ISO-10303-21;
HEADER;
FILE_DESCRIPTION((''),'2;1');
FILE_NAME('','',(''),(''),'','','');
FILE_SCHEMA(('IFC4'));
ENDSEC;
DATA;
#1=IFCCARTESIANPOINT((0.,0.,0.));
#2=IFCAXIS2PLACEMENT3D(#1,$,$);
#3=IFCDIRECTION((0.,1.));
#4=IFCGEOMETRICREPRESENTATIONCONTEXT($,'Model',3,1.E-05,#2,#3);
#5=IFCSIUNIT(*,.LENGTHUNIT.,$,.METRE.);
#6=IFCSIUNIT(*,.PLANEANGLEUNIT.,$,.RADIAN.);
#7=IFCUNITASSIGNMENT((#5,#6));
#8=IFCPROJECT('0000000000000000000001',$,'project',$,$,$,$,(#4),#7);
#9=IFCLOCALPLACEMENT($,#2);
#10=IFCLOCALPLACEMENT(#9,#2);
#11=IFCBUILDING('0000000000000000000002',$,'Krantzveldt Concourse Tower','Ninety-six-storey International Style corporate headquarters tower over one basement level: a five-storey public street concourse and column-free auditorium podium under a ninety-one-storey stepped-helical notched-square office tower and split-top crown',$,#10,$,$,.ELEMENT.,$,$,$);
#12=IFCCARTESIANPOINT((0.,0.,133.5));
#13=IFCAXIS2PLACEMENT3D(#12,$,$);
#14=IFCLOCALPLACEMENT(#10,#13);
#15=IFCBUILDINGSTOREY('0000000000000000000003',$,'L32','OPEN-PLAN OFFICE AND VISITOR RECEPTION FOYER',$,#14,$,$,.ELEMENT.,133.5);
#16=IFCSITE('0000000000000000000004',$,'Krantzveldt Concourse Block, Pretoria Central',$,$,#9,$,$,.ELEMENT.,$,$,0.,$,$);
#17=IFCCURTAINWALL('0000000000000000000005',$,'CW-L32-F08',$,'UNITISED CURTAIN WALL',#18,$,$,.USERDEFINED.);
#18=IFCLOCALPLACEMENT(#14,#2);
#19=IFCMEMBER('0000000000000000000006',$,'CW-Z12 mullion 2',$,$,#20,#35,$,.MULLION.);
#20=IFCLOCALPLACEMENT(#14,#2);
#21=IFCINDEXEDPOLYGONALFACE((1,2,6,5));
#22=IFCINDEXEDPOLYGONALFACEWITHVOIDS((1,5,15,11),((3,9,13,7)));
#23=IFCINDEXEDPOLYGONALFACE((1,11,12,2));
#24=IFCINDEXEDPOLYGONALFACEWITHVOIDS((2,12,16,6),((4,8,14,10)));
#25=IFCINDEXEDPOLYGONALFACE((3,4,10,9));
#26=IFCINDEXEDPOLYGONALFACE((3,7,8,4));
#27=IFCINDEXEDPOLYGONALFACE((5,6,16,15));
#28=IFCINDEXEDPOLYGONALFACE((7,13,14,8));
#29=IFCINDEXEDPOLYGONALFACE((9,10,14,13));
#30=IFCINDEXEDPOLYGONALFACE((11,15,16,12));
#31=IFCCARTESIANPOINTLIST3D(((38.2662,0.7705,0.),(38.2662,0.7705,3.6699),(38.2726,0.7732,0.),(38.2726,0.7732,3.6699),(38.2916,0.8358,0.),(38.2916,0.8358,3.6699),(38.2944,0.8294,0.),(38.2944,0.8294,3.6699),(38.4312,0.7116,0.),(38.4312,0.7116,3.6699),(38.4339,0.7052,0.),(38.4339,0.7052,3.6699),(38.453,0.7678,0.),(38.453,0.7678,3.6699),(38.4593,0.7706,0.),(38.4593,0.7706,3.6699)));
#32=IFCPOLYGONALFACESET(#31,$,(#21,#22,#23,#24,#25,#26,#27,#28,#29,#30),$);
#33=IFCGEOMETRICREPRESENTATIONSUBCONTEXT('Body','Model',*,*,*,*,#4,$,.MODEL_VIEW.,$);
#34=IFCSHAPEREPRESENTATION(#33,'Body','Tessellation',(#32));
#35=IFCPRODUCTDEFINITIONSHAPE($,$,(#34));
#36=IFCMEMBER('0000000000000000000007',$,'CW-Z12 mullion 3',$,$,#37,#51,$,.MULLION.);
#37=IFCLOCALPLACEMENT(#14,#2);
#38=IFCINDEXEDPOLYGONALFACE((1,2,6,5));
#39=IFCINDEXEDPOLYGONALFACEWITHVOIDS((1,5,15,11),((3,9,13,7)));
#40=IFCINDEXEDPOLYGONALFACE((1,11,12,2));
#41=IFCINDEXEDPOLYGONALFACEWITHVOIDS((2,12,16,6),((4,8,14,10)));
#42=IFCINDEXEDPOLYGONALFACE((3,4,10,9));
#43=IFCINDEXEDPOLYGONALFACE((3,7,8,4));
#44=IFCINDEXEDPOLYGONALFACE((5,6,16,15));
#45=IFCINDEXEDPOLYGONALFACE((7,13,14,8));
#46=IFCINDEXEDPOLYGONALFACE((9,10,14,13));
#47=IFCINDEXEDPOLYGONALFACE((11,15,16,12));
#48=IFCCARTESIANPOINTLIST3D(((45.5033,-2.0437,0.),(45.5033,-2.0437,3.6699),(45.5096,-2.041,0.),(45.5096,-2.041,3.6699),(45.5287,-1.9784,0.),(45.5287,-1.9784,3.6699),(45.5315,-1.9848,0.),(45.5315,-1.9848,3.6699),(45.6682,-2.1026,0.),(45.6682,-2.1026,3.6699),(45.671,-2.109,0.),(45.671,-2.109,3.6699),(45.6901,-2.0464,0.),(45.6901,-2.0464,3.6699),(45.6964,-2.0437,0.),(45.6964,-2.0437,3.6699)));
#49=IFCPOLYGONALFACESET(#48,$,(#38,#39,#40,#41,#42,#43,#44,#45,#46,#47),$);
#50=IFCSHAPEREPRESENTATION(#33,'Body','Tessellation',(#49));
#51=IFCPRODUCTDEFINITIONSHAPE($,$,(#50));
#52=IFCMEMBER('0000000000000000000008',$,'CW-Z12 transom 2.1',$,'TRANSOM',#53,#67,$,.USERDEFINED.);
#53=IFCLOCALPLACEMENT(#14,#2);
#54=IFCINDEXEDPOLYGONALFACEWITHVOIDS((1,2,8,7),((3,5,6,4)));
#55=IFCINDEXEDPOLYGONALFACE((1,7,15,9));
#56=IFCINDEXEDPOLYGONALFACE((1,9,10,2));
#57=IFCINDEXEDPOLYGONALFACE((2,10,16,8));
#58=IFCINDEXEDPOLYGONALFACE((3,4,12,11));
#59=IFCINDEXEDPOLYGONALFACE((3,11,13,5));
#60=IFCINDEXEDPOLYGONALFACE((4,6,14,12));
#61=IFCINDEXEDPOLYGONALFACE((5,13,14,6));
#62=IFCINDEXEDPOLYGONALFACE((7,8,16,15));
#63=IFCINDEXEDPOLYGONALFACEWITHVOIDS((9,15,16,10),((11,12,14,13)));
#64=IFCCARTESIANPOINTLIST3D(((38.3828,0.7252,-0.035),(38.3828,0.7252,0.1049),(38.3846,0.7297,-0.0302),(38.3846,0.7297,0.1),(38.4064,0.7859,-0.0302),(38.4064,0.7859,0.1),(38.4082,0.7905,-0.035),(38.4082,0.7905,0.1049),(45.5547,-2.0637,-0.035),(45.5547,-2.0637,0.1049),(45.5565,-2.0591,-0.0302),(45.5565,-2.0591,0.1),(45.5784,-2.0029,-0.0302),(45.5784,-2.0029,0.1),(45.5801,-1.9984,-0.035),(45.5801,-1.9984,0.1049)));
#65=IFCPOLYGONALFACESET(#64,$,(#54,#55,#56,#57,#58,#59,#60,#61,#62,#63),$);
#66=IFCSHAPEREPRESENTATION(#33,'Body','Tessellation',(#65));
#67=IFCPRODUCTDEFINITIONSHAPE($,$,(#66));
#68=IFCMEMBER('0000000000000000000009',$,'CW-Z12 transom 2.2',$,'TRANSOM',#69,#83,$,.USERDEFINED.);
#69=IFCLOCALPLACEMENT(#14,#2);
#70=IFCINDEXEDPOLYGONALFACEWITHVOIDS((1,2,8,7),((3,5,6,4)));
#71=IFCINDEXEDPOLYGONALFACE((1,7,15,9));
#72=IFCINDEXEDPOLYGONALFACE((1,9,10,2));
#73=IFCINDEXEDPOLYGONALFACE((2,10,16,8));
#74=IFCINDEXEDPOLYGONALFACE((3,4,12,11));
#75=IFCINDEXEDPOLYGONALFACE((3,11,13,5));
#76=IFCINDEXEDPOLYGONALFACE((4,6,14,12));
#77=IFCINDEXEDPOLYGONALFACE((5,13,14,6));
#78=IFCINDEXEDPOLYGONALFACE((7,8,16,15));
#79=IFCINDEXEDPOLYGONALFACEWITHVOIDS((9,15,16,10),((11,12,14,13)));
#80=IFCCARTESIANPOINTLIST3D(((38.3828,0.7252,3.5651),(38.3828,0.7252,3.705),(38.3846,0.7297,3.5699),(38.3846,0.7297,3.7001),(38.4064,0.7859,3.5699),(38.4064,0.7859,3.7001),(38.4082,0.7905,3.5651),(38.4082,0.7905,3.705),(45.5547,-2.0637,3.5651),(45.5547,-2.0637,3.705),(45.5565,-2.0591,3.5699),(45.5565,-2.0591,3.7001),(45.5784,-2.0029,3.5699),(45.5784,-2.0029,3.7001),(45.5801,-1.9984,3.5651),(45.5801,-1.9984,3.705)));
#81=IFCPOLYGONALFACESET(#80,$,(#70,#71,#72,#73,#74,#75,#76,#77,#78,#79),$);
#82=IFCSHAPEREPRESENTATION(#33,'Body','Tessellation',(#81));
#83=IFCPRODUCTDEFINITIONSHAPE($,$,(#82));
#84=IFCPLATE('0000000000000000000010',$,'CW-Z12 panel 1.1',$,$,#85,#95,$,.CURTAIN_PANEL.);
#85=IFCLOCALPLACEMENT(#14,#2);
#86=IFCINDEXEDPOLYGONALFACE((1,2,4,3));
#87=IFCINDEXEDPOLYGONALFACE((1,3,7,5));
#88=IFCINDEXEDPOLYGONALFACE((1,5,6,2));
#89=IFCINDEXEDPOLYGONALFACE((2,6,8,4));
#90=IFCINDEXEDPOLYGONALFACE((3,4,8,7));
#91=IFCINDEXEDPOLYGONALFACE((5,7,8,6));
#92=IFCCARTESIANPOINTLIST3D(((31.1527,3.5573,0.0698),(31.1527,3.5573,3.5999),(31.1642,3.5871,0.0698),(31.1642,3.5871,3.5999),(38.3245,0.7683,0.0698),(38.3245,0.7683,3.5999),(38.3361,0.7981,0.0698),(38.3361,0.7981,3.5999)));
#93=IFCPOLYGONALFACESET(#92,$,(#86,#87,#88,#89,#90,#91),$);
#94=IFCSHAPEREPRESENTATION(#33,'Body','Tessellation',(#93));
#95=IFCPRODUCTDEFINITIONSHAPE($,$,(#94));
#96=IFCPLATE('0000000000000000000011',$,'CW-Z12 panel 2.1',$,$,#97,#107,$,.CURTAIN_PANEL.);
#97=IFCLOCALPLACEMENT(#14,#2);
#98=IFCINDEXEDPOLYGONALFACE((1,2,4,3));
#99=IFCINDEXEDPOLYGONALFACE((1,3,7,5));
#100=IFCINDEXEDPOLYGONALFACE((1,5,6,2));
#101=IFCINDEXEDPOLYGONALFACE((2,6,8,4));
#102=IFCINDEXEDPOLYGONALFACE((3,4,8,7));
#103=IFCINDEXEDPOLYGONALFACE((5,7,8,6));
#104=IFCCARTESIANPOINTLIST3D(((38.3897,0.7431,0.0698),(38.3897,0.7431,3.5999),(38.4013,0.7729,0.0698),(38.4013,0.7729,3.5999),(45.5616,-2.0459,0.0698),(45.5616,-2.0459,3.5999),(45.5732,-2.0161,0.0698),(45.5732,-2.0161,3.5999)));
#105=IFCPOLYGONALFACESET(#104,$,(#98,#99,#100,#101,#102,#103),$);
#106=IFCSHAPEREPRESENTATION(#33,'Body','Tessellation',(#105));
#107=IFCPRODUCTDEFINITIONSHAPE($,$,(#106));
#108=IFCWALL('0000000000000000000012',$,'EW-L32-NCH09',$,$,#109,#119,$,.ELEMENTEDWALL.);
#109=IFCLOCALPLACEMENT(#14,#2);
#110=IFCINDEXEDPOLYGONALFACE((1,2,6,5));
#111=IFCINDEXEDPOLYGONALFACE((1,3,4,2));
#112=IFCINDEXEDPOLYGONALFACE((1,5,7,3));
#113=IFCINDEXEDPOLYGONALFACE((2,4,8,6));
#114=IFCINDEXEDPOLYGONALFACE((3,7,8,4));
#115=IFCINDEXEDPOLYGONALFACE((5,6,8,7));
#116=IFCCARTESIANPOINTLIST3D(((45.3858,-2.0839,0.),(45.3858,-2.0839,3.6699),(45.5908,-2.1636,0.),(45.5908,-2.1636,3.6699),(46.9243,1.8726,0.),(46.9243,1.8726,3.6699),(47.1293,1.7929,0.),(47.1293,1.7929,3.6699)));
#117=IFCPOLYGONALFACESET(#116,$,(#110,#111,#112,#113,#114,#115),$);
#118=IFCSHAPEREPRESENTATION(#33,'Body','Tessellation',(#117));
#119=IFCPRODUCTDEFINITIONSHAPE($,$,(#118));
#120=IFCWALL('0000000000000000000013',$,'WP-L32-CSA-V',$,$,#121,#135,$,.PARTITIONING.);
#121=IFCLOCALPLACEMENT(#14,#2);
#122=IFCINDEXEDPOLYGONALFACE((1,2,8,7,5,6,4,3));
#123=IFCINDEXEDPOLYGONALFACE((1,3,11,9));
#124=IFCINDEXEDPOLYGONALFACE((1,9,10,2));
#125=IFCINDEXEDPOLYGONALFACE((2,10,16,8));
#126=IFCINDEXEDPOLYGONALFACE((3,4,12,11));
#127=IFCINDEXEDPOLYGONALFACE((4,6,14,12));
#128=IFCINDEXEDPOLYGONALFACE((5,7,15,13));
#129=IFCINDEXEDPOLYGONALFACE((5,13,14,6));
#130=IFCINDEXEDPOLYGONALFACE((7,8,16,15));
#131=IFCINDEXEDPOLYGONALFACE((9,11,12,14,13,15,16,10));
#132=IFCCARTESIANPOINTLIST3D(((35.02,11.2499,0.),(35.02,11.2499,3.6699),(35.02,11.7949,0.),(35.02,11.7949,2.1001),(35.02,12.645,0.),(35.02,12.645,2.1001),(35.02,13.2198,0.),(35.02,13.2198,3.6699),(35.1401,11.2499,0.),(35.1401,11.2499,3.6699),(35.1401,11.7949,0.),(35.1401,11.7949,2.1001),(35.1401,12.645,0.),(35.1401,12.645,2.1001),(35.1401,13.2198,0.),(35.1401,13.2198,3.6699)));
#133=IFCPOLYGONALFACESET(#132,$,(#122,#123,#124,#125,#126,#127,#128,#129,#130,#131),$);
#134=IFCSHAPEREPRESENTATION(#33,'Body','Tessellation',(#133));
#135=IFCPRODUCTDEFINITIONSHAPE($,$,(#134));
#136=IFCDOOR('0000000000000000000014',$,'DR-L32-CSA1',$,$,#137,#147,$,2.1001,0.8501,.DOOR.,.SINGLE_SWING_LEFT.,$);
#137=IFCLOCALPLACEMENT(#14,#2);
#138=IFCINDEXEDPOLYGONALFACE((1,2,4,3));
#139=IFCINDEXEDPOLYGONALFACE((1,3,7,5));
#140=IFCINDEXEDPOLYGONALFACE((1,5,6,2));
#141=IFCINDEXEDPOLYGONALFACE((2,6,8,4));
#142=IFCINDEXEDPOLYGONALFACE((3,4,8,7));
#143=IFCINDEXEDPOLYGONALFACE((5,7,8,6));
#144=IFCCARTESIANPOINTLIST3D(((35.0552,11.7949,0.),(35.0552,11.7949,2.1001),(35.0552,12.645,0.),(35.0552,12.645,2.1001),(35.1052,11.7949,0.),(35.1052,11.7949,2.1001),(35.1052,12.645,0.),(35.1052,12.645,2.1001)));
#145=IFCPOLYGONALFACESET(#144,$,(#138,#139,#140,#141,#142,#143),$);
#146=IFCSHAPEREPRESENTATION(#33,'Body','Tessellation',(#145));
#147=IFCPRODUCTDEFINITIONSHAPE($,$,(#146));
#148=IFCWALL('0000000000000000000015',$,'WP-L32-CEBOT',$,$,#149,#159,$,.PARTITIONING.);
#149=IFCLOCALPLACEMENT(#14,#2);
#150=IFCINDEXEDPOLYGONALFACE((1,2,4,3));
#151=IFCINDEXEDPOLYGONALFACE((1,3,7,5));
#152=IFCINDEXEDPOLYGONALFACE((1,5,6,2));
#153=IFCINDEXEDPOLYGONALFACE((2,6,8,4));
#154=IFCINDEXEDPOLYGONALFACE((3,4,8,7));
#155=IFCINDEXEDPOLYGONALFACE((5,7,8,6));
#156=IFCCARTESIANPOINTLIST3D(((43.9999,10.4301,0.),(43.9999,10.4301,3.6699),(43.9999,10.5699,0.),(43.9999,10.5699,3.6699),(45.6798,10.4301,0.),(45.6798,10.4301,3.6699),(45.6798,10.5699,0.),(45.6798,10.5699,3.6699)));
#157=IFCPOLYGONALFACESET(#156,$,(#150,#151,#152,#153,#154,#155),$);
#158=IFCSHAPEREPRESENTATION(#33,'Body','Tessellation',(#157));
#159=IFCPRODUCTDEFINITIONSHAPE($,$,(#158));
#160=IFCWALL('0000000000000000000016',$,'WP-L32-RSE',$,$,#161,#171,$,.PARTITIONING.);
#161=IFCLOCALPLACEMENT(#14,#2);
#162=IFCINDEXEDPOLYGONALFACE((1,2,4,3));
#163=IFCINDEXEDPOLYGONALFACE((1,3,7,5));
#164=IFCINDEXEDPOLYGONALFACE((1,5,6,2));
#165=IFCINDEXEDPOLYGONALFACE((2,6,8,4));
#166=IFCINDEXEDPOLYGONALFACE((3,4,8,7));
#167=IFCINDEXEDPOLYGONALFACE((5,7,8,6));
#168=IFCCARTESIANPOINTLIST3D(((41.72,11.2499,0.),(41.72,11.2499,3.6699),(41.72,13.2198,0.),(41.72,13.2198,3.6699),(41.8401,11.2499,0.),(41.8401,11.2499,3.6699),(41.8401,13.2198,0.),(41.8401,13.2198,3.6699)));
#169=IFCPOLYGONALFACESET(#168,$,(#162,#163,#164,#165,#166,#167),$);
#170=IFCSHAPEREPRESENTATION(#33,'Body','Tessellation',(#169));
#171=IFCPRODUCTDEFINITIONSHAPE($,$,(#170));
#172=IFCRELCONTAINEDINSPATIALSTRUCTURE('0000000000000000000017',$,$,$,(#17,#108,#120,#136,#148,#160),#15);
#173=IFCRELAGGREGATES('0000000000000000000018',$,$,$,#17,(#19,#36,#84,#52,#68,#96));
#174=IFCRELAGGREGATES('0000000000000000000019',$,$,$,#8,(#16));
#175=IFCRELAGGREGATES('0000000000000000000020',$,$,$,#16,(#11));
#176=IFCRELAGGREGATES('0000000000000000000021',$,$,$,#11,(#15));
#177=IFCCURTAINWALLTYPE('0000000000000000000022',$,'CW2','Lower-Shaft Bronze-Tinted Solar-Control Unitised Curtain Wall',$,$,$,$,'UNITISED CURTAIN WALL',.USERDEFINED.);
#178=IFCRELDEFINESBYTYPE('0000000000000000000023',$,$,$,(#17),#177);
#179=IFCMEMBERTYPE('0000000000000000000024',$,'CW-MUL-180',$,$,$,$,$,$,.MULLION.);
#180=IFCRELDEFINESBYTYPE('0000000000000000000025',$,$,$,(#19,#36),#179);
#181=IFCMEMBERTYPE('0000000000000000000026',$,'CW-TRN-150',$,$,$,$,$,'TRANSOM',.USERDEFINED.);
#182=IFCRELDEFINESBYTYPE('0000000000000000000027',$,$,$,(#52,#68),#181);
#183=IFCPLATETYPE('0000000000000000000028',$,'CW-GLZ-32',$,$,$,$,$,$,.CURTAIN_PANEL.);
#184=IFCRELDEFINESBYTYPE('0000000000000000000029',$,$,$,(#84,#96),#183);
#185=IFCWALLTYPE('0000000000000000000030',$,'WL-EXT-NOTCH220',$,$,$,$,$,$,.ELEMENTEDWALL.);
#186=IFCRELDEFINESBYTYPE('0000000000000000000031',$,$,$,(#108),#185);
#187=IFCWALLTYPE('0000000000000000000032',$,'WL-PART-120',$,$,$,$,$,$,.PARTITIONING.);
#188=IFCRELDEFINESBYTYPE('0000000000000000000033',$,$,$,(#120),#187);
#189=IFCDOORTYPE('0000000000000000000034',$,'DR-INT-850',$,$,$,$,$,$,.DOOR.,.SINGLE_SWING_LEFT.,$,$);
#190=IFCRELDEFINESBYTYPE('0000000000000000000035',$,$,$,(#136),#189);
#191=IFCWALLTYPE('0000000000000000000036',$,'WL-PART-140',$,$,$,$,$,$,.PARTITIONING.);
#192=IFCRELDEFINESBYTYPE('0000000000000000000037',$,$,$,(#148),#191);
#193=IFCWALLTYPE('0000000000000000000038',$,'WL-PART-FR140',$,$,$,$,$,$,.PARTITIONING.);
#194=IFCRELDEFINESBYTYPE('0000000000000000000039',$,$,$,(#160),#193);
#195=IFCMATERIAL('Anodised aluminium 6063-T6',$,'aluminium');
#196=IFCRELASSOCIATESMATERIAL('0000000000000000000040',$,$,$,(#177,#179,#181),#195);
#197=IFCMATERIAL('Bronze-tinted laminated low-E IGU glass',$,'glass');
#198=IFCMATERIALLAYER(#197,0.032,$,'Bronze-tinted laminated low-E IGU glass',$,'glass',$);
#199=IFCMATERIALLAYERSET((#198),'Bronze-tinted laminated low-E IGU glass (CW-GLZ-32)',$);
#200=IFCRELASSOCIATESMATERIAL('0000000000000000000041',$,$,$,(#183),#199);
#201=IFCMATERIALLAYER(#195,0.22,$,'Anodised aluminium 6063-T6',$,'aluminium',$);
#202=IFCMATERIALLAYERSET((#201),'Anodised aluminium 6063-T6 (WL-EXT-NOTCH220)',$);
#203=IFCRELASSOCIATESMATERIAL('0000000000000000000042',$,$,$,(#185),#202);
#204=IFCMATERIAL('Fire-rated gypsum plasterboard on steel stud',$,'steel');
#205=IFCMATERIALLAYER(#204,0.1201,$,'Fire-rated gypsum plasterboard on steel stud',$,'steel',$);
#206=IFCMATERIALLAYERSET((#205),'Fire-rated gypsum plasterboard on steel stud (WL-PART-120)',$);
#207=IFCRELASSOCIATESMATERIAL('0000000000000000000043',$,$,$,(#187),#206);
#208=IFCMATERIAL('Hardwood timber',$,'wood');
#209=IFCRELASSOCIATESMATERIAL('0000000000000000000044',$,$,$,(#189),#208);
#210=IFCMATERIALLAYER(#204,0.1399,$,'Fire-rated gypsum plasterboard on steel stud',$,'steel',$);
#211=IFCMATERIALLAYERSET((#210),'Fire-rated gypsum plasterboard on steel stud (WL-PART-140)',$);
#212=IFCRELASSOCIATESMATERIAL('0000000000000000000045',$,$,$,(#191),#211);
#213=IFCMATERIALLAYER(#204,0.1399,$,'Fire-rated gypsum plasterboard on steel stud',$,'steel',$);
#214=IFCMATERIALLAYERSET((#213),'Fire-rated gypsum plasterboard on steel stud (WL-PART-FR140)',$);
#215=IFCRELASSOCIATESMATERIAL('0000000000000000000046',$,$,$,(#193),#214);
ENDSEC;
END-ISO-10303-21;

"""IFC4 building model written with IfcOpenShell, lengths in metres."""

from ifc_helpers import new_model, si_unit, direction, frame, frame_2d, origin, origin_2d, place, context, subcontext, project, spatial, rectangle, hollow_rectangle, extrude, source, transform, mapped, material, layer, layer_set, material_profile, profile_set, type_object, type_shapes, element, fill, aggregate, save


model = new_model("IFC4")

# Units and contexts
model_context = context("Model", 3, precision=1e-05, world=origin(), true_north=direction((0.0, 1.0)))
body_context = subcontext(model_context, "Body", "Model", "MODEL_VIEW")
ifc_project = project(units=[si_unit("LENGTHUNIT", "METRE"), si_unit("PLANEANGLEUNIT", "RADIAN")], contexts=[model_context])

# Site, building, storey
site_placement = place(None, origin())
site = spatial("IfcSite", under=ifc_project, at=site_placement, Name="Krantzveldt Concourse Block, Pretoria Central", CompositionType="ELEMENT", RefElevation=0.0)
building_placement = place(site_placement, origin())
building = spatial("IfcBuilding", under=site, at=building_placement, Name="Krantzveldt Concourse Tower", Description="Ninety-six-storey International Style corporate headquarters tower over one basement level: a five-storey public street concourse and column-free auditorium podium under a ninety-one-storey stepped-helical notched-square office tower and split-top crown", CompositionType="ELEMENT")
storey_placement = place(building_placement, frame((0.0, 0.0, 133.5)))
storey = spatial("IfcBuildingStorey", under=building, at=storey_placement, Name="L32", Description="OPEN-PLAN OFFICE AND VISITOR RECEPTION FOYER", CompositionType="ELEMENT", Elevation=133.5)

# Curtain wall, members, plates
ifc_material_1 = material(Name="Anodised aluminium 6063-T6", Category="aluminium")
curtain_wall_type = type_object("IfcCurtainWallType", Name="CW2", Description="Lower-Shaft Bronze-Tinted Solar-Control Unitised Curtain Wall", ElementType="UNITISED CURTAIN WALL", PredefinedType="USERDEFINED", material=ifc_material_1)
curtain_wall_placement = place(storey_placement, origin())
curtain_wall = element("IfcCurtainWall", 1, at=curtain_wall_placement, inside=storey, type_object=curtain_wall_type, Name="CW-L32-F08", ObjectType="UNITISED CURTAIN WALL", PredefinedType="USERDEFINED")
ifc_material_profile_1 = material_profile(ifc_material_1, hollow_rectangle(XDim=0.0701, YDim=0.1799, WallThickness=0.0049, at=origin_2d()), Name="Anodised aluminium 6063-T6", Category="aluminium")
ifc_profile_set_1 = profile_set([ifc_material_profile_1], Name="Anodised aluminium 6063-T6 - ALU-MULL 180x70x5")
member_type_1 = type_object("IfcMemberType", Name="CW-MUL-180", PredefinedType="MULLION", material=ifc_profile_set_1)
shared_shape_1 = source(origin(), body_context, "Body", "SweptSolid", [
    extrude(hollow_rectangle(XDim=0.0701, YDim=0.1799, WallThickness=0.0049, at=origin_2d()), origin(), (0.0, 0.0, 1.0), 3.6699),
])
type_shapes(member_type_1, [shared_shape_1])
member_1_placement = place(storey_placement, frame((38.3628, 0.7705, 0.0), z_axis=(0.0, 0.0, 1.0), x_axis=(0.362438, 0.932008, 0.0)))
member_1 = element("IfcMember", 2, at=member_1_placement, type_object=member_type_1, Name="CW-Z12 mullion 2", PredefinedType="MULLION", context=body_context, shape_type="MappedRepresentation", body=[
    mapped(shared_shape_1, transform((0.0, 0.0, 0.0), x_axis=(1.0, 0.0, 0.0), y_axis=(0.0, 1.0, 0.0), z_axis=(0.0, 0.0, 1.0), scale=1.0)),
])
member_2_placement = place(storey_placement, frame((45.5999, -2.0437, 0.0), z_axis=(0.0, 0.0, 1.0), x_axis=(0.362438, 0.932008, 0.0)))
member_2 = element("IfcMember", 3, at=member_2_placement, type_object=member_type_1, Name="CW-Z12 mullion 3", PredefinedType="MULLION", context=body_context, shape_type="MappedRepresentation", body=[
    mapped(shared_shape_1, transform((0.0, 0.0, 0.0), x_axis=(1.0, 0.0, 0.0), y_axis=(0.0, 1.0, 0.0), z_axis=(0.0, 0.0, 1.0), scale=1.0)),
])
ifc_material_profile_2 = material_profile(ifc_material_1, hollow_rectangle(XDim=0.0701, YDim=0.1399, WallThickness=0.0049, at=origin_2d()), Name="Anodised aluminium 6063-T6", Category="aluminium")
ifc_profile_set_2 = profile_set([ifc_material_profile_2], Name="Anodised aluminium 6063-T6 - ALU-TRAN 140x70x5")
member_type_2 = type_object("IfcMemberType", Name="CW-TRN-150", ElementType="TRANSOM", PredefinedType="USERDEFINED", material=ifc_profile_set_2)
shared_shape_2 = source(origin(), body_context, "Body", "SweptSolid", [
    extrude(hollow_rectangle(XDim=0.0701, YDim=0.1399, WallThickness=0.0049, at=origin_2d()), origin(), (0.0, 0.0, 1.0), 7.6951),
])
type_shapes(member_type_2, [shared_shape_2])
member_3_placement = place(storey_placement, frame((38.3955, 0.7578, 0.0349), z_axis=(0.932015, -0.362419, 0.0), x_axis=(0.362419, 0.932015, 0.0)))
member_3 = element("IfcMember", 4, at=member_3_placement, type_object=member_type_2, Name="CW-Z12 transom 2.1", ObjectType="TRANSOM", PredefinedType="USERDEFINED", context=body_context, shape_type="MappedRepresentation", body=[
    mapped(shared_shape_2, transform((0.0, 0.0, 0.0), x_axis=(1.0, 0.0, 0.0), y_axis=(0.0, 1.0, 0.0), z_axis=(0.0, 0.0, 1.0), scale=1.0)),
])
member_4_placement = place(storey_placement, frame((38.3955, 0.7578, 3.635), z_axis=(0.932015, -0.362419, 0.0), x_axis=(0.362419, 0.932015, 0.0)))
member_4 = element("IfcMember", 5, at=member_4_placement, type_object=member_type_2, Name="CW-Z12 transom 2.2", ObjectType="TRANSOM", PredefinedType="USERDEFINED", context=body_context, shape_type="MappedRepresentation", body=[
    mapped(shared_shape_2, transform((0.0, 0.0, 0.0), x_axis=(1.0, 0.0, 0.0), y_axis=(0.0, 1.0, 0.0), z_axis=(0.0, 0.0, 1.0), scale=1.0)),
])
ifc_material_2 = material(Name="Bronze-tinted laminated low-E IGU glass", Category="glass")
ifc_layer_1 = layer(ifc_material_2, 0.032, Name="Bronze-tinted laminated low-E IGU glass", Category="glass")
ifc_layer_set_1 = layer_set([ifc_layer_1], Name="Bronze-tinted laminated low-E IGU glass (CW-GLZ-32)")
plate_type = type_object("IfcPlateType", Name="CW-GLZ-32", PredefinedType="CURTAIN_PANEL", material=ifc_layer_set_1)
shared_shape_3 = source(origin(), body_context, "Body", "SweptSolid", [
    extrude(rectangle(XDim=7.6951, YDim=0.032, at=origin_2d()), origin(), (0.0, 0.0, 1.0), 3.53),
])
type_shapes(plate_type, [shared_shape_3])
plate_1_placement = place(storey_placement, frame((34.7444, 2.1777, 0.0698), z_axis=(0.0, 0.0, 1.0), x_axis=(0.932008, -0.362438, 0.0)))
plate_1 = element("IfcPlate", 6, at=plate_1_placement, type_object=plate_type, Name="CW-Z12 panel 1.1", PredefinedType="CURTAIN_PANEL", context=body_context, shape_type="MappedRepresentation", body=[
    mapped(shared_shape_3, transform((0.0, 0.0, 0.0), x_axis=(1.0, 0.0, 0.0), y_axis=(0.0, 1.0, 0.0), z_axis=(0.0, 0.0, 1.0), scale=1.0)),
])
plate_2_placement = place(storey_placement, frame((41.9814, -0.6365, 0.0698), z_axis=(0.0, 0.0, 1.0), x_axis=(0.932008, -0.362438, 0.0)))
plate_2 = element("IfcPlate", 7, at=plate_2_placement, type_object=plate_type, Name="CW-Z12 panel 2.1", PredefinedType="CURTAIN_PANEL", context=body_context, shape_type="MappedRepresentation", body=[
    mapped(shared_shape_3, transform((0.0, 0.0, 0.0), x_axis=(1.0, 0.0, 0.0), y_axis=(0.0, 1.0, 0.0), z_axis=(0.0, 0.0, 1.0), scale=1.0)),
])
aggregate(curtain_wall, [member_1, member_2, plate_1, member_3, member_4, plate_2])

# Wall
ifc_layer_2 = layer(ifc_material_1, 0.22, Name="Anodised aluminium 6063-T6", Category="aluminium")
ifc_layer_set_2 = layer_set([ifc_layer_2], Name="Anodised aluminium 6063-T6 (WL-EXT-NOTCH220)")
wall_type_1 = type_object("IfcWallType", Name="WL-EXT-NOTCH220", PredefinedType="ELEMENTEDWALL", material=ifc_layer_set_2)
wall_1_placement = place(storey_placement, frame((45.4883, -2.1238, 0.0), z_axis=(0.0, 0.0, 1.0), x_axis=(0.36243, 0.932011, 0.0)))
element("IfcWall", 8, at=wall_1_placement, inside=storey, type_object=wall_type_1, Name="EW-L32-NCH09", PredefinedType="ELEMENTEDWALL", context=body_context, shape_type="SweptSolid", body=[
    extrude(rectangle(XDim=4.2451, YDim=0.22, at=frame_2d((2.1226, 0.0))), origin(), (0.0, 0.0, 1.0), 3.6699),
])

# Wall, opening, door
ifc_material_3 = material(Name="Fire-rated gypsum plasterboard on steel stud", Category="steel")
ifc_layer_3 = layer(ifc_material_3, 0.1201, Name="Fire-rated gypsum plasterboard on steel stud", Category="steel")
ifc_layer_set_3 = layer_set([ifc_layer_3], Name="Fire-rated gypsum plasterboard on steel stud (WL-PART-120)")
wall_type_2 = type_object("IfcWallType", Name="WL-PART-120", PredefinedType="PARTITIONING", material=ifc_layer_set_3)
wall_2_placement = place(storey_placement, frame((35.0801, 11.25, 0.0), z_axis=(0.0, 0.0, 1.0), x_axis=(0.0, 1.0, 0.0)))
wall_2 = element("IfcWall", 9, at=wall_2_placement, inside=storey, type_object=wall_type_2, Name="WP-L32-CSA-V", PredefinedType="PARTITIONING", context=body_context, shape_type="SweptSolid", body=[
    extrude(rectangle(XDim=1.97, YDim=0.1201, at=frame_2d((0.9849, 0.0))), origin(), (0.0, 0.0, 1.0), 3.6699),
])
opening_1_placement = place(wall_2_placement, frame((0.5449, 0.0, 0.0)))
opening_1 = element("IfcOpeningElement", 10, at=opening_1_placement, cuts=wall_2, PredefinedType="OPENING", context=body_context, shape_type="SweptSolid", body=[
    extrude(rectangle(XDim=0.8501, YDim=2.1001, at=frame_2d((0.425, 1.05))), frame((0.0, 0.0701, 0.0), z_axis=(0.0, -1.0, 0.0), x_axis=(1.0, 0.0, 0.0)), (0.0, 0.0, 1.0), 0.1401),
])
ifc_material_4 = material(Name="Hardwood timber", Category="wood")
door_type_1 = type_object("IfcDoorType", Name="DR-INT-850", OperationType="SINGLE_SWING_LEFT", PredefinedType="DOOR", material=ifc_material_4)
door_1_placement = place(opening_1_placement, origin())
door_1 = element("IfcDoor", 11, at=door_1_placement, inside=storey, type_object=door_type_1, Name="DR-L32-CSA1", OperationType="SINGLE_SWING_LEFT", OverallHeight=2.1001, OverallWidth=0.8501, PredefinedType="DOOR", context=body_context, shape_type="SweptSolid", body=[
    extrude(rectangle(XDim=0.8501, YDim=2.1001, at=frame_2d((0.425, 1.05))), frame((0.0, 0.0249, 0.0), z_axis=(0.0, -1.0, 0.0), x_axis=(1.0, 0.0, 0.0)), (0.0, 0.0, 1.0), 0.05),
])
fill(opening_1, door_1)

# Wall
ifc_layer_4 = layer(ifc_material_3, 0.1399, Name="Fire-rated gypsum plasterboard on steel stud", Category="steel")
ifc_layer_set_4 = layer_set([ifc_layer_4], Name="Fire-rated gypsum plasterboard on steel stud (WL-PART-140)")
wall_type_3 = type_object("IfcWallType", Name="WL-PART-140", PredefinedType="PARTITIONING", material=ifc_layer_set_4)
wall_3_placement = place(storey_placement, frame((44.0, 10.5, 0.0), z_axis=(0.0, 0.0, 1.0), x_axis=(1.0, 0.0, 0.0)))
element("IfcWall", 12, at=wall_3_placement, inside=storey, type_object=wall_type_3, Name="WP-L32-CEBOT", PredefinedType="PARTITIONING", context=body_context, shape_type="SweptSolid", body=[
    extrude(rectangle(XDim=1.6799, YDim=0.1399, at=frame_2d((0.8398, 0.0))), origin(), (0.0, 0.0, 1.0), 3.6699),
])

# Shared definitions
ifc_layer_5 = layer(ifc_material_3, 0.1399, Name="Fire-rated gypsum plasterboard on steel stud", Category="steel")
ifc_layer_set_5 = layer_set([ifc_layer_5], Name="Fire-rated gypsum plasterboard on steel stud (WL-PART-FR140)")
wall_type_4 = type_object("IfcWallType", Name="WL-PART-FR140", PredefinedType="PARTITIONING", material=ifc_layer_set_5)

# Wall
wall_4_placement = place(storey_placement, frame((41.78, 11.25, 0.0), z_axis=(0.0, 0.0, 1.0), x_axis=(0.0, 1.0, 0.0)))
element("IfcWall", 13, at=wall_4_placement, inside=storey, type_object=wall_type_4, Name="WP-L32-RSE", PredefinedType="PARTITIONING", context=body_context, shape_type="SweptSolid", body=[
    extrude(rectangle(XDim=1.97, YDim=0.1201, at=frame_2d((0.9849, 0.0))), origin(), (0.0, 0.0, 1.0), 3.6699),
])

save(model, "model.ifc")
